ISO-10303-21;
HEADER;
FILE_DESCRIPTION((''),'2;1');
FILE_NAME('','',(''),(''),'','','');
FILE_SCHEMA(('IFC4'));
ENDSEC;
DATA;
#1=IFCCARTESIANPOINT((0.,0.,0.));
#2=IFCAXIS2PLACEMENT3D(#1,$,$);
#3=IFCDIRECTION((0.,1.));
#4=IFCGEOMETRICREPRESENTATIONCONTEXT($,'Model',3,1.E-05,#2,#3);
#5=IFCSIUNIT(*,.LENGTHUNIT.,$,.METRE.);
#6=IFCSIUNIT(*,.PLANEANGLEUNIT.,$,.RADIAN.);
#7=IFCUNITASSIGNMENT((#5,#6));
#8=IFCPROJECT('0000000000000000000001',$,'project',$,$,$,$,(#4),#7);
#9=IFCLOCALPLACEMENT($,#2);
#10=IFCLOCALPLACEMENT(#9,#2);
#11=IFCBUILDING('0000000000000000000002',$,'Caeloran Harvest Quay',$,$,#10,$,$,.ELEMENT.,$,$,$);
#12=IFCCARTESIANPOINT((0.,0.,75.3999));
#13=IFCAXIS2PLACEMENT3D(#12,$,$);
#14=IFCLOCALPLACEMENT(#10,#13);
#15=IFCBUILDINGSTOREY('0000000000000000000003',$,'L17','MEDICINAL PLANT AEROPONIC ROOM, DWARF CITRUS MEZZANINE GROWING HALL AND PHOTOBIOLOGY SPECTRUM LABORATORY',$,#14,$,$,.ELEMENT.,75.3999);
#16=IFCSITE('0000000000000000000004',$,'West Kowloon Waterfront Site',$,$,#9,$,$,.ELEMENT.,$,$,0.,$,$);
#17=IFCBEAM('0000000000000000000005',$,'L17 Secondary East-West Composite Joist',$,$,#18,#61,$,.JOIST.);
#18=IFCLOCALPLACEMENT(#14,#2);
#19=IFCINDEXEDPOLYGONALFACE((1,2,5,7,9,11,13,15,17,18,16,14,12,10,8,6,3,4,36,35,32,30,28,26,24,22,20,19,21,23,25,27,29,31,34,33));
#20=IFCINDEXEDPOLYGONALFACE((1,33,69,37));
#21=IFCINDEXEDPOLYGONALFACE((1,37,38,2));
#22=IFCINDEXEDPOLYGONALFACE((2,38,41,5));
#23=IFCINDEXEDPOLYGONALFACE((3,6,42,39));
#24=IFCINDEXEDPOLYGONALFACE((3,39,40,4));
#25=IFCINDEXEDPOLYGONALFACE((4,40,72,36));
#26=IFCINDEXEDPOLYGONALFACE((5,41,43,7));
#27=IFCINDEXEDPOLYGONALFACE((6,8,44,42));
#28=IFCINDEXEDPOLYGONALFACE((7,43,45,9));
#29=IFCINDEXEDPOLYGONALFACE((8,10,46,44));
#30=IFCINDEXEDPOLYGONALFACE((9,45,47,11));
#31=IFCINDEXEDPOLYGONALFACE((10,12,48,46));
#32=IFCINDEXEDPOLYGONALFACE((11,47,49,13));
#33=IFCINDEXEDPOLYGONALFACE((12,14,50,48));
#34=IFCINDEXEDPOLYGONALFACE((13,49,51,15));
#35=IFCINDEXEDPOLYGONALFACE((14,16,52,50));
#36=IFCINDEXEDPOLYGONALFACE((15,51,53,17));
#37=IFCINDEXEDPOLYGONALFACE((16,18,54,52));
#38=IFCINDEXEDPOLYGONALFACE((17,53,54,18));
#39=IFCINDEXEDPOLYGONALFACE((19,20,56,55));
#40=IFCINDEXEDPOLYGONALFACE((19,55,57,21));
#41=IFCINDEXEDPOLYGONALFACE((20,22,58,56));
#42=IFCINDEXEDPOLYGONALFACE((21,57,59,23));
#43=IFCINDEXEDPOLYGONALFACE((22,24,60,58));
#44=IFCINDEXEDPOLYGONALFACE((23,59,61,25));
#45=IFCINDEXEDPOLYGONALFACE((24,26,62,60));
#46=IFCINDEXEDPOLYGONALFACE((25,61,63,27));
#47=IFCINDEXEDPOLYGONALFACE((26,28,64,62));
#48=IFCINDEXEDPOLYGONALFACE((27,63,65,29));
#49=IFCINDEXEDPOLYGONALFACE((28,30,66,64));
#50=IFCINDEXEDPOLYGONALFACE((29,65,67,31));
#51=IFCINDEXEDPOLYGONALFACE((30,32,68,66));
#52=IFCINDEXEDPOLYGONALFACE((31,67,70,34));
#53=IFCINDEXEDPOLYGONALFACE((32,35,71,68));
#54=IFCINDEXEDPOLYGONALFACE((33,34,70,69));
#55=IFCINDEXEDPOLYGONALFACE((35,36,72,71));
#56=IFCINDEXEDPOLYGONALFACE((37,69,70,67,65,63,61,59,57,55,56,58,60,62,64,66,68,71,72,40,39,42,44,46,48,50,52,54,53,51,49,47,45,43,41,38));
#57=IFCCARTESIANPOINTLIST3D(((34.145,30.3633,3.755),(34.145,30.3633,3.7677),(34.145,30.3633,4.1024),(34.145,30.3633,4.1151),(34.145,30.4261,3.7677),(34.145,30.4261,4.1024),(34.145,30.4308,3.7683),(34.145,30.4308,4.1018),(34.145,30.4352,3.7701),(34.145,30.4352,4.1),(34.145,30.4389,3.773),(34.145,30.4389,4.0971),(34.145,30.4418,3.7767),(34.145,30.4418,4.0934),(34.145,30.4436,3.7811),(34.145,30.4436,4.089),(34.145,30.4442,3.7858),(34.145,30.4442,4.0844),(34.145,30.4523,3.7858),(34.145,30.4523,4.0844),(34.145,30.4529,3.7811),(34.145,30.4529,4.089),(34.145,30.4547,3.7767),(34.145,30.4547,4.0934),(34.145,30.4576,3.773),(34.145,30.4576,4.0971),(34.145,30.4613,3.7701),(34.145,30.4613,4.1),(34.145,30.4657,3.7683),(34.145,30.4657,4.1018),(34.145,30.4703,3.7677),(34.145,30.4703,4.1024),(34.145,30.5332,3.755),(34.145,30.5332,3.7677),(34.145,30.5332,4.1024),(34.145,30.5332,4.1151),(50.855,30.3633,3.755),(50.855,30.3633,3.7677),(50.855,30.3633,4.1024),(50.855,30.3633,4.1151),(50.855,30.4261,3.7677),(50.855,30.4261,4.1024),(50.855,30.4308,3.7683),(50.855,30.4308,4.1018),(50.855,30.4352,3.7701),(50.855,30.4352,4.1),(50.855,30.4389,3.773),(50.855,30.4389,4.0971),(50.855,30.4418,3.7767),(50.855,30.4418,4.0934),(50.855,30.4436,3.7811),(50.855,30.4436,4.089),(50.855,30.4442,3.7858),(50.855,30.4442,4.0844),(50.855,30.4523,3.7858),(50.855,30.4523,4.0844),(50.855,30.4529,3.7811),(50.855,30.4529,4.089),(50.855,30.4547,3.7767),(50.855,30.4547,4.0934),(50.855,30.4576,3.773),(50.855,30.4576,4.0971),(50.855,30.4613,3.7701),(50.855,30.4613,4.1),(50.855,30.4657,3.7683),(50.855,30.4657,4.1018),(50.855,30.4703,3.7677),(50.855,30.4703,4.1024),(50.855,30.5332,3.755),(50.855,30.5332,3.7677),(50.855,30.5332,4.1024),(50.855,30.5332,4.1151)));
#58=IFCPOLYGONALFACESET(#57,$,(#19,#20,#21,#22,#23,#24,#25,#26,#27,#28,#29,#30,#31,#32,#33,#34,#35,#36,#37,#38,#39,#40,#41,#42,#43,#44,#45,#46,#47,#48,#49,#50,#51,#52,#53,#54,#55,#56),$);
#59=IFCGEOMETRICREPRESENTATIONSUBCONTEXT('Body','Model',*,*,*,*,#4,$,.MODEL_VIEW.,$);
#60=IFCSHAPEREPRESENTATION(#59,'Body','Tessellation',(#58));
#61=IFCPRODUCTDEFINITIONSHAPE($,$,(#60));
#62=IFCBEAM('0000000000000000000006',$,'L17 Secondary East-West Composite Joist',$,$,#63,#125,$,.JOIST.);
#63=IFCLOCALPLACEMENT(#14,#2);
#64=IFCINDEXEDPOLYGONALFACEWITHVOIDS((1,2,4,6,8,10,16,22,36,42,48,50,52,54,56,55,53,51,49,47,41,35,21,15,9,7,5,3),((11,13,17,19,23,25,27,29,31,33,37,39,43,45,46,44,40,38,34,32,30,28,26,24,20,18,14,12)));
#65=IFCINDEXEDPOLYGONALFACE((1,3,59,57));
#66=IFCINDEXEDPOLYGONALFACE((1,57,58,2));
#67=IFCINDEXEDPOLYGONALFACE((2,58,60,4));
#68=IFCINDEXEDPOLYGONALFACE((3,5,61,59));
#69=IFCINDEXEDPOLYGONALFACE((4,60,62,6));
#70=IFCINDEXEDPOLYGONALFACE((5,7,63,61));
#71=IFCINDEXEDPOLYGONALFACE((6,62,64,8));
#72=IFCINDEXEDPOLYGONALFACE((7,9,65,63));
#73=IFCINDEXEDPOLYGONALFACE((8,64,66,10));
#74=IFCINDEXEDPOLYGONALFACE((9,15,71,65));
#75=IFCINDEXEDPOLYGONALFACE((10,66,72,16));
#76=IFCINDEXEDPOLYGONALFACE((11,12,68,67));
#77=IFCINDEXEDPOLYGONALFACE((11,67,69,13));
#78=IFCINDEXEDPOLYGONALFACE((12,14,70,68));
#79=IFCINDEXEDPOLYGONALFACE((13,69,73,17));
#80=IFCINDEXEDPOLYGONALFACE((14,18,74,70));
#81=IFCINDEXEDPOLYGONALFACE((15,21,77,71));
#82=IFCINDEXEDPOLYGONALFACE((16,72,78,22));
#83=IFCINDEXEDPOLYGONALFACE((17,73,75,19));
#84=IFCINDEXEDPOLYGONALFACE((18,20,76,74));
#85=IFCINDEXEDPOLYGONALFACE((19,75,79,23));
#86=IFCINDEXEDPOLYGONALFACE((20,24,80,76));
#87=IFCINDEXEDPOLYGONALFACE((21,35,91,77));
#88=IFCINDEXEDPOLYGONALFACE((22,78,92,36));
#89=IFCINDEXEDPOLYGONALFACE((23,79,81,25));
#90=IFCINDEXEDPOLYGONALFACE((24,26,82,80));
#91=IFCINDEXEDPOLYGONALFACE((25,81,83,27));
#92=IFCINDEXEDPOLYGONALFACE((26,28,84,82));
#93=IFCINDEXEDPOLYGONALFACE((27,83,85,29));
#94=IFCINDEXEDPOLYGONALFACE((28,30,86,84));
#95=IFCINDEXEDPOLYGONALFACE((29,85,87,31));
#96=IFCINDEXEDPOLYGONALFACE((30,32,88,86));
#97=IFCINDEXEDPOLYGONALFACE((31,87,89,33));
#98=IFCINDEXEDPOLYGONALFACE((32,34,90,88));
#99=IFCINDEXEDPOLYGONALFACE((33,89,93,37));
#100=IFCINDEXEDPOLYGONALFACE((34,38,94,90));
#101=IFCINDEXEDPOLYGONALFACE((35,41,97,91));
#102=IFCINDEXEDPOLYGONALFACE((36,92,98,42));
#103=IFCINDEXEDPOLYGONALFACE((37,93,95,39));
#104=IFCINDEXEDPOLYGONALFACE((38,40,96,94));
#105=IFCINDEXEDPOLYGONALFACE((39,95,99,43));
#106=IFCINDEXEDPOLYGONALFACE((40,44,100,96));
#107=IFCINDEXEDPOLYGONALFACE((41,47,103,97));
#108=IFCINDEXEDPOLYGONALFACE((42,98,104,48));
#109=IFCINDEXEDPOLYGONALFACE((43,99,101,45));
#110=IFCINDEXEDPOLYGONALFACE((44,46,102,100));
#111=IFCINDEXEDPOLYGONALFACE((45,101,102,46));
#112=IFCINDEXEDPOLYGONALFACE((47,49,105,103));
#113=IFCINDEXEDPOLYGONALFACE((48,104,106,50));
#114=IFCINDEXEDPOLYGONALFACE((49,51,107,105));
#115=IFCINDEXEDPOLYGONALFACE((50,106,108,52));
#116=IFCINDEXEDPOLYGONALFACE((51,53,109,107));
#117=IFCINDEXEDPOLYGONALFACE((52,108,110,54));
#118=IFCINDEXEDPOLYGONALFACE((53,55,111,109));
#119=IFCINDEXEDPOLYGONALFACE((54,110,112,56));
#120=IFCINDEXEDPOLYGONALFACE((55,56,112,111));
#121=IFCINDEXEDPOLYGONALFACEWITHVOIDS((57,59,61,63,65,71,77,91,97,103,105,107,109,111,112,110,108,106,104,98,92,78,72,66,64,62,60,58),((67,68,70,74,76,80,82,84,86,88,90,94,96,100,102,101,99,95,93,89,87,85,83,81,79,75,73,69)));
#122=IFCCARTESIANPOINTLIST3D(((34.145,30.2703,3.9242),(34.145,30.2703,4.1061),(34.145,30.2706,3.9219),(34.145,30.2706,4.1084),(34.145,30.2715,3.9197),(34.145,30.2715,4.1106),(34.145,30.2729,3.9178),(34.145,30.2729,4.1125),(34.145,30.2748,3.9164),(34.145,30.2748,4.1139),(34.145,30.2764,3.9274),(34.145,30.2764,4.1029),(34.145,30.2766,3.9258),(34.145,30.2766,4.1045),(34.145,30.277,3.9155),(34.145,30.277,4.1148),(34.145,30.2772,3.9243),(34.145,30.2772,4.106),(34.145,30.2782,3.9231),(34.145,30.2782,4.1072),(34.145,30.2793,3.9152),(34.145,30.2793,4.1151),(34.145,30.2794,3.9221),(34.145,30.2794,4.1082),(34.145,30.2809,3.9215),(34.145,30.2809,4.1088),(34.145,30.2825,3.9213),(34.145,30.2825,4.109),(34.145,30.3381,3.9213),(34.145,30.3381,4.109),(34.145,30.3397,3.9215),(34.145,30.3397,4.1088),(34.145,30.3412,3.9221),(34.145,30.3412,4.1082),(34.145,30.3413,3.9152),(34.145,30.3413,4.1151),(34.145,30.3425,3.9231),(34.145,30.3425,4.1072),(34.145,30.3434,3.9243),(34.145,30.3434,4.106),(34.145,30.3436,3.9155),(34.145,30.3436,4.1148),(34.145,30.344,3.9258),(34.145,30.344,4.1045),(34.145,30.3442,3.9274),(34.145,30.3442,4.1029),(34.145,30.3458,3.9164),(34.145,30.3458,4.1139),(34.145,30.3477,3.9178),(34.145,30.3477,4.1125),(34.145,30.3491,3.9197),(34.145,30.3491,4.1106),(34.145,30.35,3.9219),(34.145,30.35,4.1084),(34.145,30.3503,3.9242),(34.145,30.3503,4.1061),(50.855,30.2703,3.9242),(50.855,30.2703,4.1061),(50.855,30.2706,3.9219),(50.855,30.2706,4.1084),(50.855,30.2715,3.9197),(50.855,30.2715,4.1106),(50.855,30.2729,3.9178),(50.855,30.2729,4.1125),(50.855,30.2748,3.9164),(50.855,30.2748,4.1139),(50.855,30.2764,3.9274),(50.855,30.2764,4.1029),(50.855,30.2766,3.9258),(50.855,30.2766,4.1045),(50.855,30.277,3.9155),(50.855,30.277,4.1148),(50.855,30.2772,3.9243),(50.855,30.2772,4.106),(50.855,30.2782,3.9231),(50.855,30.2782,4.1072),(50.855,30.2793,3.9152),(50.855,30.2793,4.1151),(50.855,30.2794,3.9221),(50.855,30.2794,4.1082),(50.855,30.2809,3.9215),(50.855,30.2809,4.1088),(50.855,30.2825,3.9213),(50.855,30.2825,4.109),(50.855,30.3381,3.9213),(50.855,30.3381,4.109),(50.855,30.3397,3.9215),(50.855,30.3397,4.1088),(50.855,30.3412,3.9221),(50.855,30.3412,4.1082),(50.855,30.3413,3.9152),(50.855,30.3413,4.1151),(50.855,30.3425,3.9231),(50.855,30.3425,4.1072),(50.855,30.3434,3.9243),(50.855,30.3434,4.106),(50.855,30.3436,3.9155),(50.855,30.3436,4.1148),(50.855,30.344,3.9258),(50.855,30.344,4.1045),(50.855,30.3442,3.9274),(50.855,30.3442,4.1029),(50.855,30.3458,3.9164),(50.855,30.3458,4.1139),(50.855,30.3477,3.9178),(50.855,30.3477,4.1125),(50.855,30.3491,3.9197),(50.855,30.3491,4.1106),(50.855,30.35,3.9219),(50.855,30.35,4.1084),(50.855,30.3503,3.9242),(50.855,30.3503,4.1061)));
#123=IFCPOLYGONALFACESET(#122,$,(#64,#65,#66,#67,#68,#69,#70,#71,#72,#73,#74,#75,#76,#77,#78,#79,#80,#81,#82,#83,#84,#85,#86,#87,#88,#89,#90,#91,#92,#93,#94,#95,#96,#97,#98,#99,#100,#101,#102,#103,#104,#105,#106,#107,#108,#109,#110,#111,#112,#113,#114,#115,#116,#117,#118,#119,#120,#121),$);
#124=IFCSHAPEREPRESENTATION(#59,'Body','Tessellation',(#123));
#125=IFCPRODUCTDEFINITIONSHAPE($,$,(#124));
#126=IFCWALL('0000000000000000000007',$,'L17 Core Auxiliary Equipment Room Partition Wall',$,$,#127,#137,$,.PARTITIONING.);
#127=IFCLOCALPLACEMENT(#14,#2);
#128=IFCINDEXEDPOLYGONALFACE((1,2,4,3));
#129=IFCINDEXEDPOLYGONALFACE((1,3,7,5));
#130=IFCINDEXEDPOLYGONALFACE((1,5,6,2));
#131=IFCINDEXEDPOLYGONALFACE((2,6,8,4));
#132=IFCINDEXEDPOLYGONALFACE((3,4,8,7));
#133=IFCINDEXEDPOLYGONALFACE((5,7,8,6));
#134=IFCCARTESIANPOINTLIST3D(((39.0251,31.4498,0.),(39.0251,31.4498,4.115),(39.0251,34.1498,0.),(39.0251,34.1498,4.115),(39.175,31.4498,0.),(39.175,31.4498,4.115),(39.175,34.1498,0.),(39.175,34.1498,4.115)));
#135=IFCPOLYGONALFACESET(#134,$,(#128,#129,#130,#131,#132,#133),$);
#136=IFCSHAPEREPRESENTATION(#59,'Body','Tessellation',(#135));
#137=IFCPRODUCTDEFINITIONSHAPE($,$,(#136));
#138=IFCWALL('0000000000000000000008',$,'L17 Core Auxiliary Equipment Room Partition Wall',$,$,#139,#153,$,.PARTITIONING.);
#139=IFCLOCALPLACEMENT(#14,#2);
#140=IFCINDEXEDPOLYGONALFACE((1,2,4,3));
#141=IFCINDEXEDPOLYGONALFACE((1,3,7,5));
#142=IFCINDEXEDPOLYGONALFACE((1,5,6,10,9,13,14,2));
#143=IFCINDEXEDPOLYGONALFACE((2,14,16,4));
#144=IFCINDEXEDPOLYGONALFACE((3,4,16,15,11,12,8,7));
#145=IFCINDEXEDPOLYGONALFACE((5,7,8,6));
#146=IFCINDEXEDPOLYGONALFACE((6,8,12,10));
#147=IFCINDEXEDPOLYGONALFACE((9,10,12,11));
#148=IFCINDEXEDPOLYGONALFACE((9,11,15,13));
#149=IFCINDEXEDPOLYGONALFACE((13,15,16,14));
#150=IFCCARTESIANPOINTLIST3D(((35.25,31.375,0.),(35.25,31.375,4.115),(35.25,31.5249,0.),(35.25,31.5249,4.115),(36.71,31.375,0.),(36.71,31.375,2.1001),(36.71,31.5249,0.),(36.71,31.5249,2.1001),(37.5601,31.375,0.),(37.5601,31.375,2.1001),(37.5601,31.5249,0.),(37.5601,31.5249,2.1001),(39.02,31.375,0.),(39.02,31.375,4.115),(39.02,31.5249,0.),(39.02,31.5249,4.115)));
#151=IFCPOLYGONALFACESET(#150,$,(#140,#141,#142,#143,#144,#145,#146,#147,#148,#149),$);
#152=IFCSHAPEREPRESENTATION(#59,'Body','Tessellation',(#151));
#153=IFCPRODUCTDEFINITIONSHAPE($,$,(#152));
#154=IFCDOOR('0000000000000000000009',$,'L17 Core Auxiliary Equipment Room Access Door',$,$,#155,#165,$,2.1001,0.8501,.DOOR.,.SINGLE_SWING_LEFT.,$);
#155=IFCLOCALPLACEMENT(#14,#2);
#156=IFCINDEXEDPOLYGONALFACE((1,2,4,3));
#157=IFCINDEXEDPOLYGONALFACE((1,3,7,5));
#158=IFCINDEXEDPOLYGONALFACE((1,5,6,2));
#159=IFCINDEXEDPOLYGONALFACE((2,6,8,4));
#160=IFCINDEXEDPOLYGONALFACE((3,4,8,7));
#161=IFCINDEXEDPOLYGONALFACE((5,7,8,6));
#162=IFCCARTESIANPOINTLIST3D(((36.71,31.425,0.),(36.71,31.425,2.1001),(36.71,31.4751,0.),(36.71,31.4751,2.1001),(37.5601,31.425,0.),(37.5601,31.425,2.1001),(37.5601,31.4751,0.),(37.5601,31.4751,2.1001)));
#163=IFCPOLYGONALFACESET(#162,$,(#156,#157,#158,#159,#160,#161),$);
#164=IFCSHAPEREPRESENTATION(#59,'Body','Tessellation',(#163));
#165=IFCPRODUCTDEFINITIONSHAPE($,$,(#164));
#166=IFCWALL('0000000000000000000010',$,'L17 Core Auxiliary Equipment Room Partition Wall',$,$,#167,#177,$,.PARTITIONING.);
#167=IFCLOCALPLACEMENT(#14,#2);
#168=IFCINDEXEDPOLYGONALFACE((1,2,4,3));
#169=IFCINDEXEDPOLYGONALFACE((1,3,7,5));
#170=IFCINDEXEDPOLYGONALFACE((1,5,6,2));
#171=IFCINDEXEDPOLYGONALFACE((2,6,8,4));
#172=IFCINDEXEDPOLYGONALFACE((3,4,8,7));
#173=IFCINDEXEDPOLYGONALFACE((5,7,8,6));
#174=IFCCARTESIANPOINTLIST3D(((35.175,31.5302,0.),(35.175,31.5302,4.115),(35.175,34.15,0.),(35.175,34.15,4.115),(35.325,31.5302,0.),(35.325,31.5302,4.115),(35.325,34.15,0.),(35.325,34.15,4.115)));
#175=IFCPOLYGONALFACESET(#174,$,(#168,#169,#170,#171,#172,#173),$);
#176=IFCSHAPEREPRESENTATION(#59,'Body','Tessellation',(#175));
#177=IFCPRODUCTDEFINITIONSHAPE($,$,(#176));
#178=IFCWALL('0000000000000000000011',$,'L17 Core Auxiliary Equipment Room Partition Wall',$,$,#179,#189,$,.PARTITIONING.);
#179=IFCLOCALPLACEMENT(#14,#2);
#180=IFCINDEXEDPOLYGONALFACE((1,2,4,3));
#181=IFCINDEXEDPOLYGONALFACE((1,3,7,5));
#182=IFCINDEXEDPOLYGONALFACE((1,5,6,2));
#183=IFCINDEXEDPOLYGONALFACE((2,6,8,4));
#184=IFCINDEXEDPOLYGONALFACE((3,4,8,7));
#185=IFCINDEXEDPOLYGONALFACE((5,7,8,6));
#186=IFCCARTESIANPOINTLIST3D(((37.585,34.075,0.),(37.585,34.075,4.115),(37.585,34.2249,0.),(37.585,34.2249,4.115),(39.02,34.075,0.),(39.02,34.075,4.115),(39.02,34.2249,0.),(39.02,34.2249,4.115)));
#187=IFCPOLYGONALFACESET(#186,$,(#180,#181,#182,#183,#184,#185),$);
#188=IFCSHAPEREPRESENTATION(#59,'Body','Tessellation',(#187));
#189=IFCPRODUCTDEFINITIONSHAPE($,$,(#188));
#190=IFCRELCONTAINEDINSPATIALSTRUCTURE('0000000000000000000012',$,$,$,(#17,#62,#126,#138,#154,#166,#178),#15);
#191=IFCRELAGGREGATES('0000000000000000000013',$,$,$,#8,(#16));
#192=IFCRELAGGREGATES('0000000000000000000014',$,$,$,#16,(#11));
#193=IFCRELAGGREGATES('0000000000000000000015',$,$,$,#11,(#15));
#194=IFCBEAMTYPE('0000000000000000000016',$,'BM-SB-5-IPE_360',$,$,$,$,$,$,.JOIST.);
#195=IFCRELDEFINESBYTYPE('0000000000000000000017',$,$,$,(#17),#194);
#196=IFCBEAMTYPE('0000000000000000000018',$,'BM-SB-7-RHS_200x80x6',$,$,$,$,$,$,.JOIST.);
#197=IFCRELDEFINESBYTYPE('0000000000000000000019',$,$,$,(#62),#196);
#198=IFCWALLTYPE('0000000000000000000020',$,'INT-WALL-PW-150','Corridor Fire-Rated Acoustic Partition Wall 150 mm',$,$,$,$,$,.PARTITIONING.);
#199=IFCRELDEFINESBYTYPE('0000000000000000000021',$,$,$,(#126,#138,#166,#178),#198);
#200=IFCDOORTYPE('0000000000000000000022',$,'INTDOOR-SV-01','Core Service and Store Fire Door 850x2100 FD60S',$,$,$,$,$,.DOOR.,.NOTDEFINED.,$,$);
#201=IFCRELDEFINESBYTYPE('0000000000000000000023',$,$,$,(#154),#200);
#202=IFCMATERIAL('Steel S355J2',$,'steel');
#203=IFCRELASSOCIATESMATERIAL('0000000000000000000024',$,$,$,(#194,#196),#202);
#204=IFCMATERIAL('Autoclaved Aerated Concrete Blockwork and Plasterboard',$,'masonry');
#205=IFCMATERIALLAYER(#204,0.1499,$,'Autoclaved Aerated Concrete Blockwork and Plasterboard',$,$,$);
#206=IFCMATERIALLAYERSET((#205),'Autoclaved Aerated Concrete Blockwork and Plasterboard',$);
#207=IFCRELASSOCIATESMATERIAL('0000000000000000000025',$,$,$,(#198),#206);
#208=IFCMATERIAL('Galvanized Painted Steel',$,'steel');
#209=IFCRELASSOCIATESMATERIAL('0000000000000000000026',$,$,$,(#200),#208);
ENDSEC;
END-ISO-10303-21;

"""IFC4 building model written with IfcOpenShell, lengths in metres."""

from ifc_helpers import new_model, si_unit, direction, frame, frame_2d, origin, origin_2d, place, context, subcontext, project, spatial, rectangle, hollow_rectangle, i_section, extrude, material, layer, layer_set, material_profile, profile_set, type_object, element, fill, save


model = new_model("IFC4")

# Units and contexts
model_context = context("Model", 3, precision=1e-05, world=origin(), true_north=direction((0.0, 1.0)))
body_context = subcontext(model_context, "Body", "Model", "MODEL_VIEW")
ifc_project = project(units=[si_unit("LENGTHUNIT", "METRE"), si_unit("PLANEANGLEUNIT", "RADIAN")], contexts=[model_context])

# Site, building, storey
site_placement = place(None, origin())
site = spatial("IfcSite", under=ifc_project, at=site_placement, Name="West Kowloon Waterfront Site", CompositionType="ELEMENT", RefElevation=0.0)
building_placement = place(site_placement, origin())
building = spatial("IfcBuilding", under=site, at=building_placement, Name="Caeloran Harvest Quay", CompositionType="ELEMENT")
storey_placement = place(building_placement, frame((0.0, 0.0, 75.3999)))
storey = spatial("IfcBuildingStorey", under=building, at=storey_placement, Name="L17", Description="MEDICINAL PLANT AEROPONIC ROOM, DWARF CITRUS MEZZANINE GROWING HALL AND PHOTOBIOLOGY SPECTRUM LABORATORY", CompositionType="ELEMENT", Elevation=75.3999)

# Beams
ifc_material_1 = material(Name="Steel S355J2", Category="steel")
ifc_material_profile_1 = material_profile(ifc_material_1, i_section(OverallWidth=0.1699, OverallDepth=0.3601, WebThickness=0.0081, FlangeThickness=0.0127, FilletRadius=0.0181, at=origin_2d()), Name="IPE 360")
ifc_profile_set_1 = profile_set([ifc_material_profile_1], Name="Steel S355J2")
beam_type_1 = type_object("IfcBeamType", Name="BM-SB-5-IPE_360", PredefinedType="JOIST", material=ifc_profile_set_1)
for number, where, z_axis, x_axis, name in (
    (1, (34.145, 30.4482, 3.9351), (1.0, 0.0, 0.0), (0.0, 1.0, 0.0), "L17 Secondary East-West Composite Joist"),
):
    element("IfcBeam", number, at=place(storey_placement, frame(where, z_axis=z_axis, x_axis=x_axis)), inside=storey, type_object=beam_type_1, Name=name, PredefinedType="JOIST", context=body_context, shape_type="SweptSolid", body=[
        extrude(i_section(OverallWidth=0.1699, OverallDepth=0.3601, WebThickness=0.0081, FlangeThickness=0.0127, FilletRadius=0.0181, at=origin_2d()), origin(), (0.0, 0.0, 1.0), 16.71),
    ])
ifc_material_profile_2 = material_profile(ifc_material_1, hollow_rectangle(XDim=0.0801, YDim=0.2, WallThickness=0.0061, InnerFilletRadius=0.0061, OuterFilletRadius=0.009, at=origin_2d()), Name="RHS 200x80x6")
ifc_profile_set_2 = profile_set([ifc_material_profile_2], Name="Steel S355J2")
beam_type_2 = type_object("IfcBeamType", Name="BM-SB-7-RHS_200x80x6", PredefinedType="JOIST", material=ifc_profile_set_2)
beam_1_placement = place(storey_placement, frame((34.145, 30.3103, 4.0151), z_axis=(1.0, 0.0, 0.0), x_axis=(0.0, 1.0, 0.0)))
element("IfcBeam", 2, at=beam_1_placement, inside=storey, type_object=beam_type_2, Name="L17 Secondary East-West Composite Joist", PredefinedType="JOIST", context=body_context, shape_type="SweptSolid", body=[
    extrude(hollow_rectangle(XDim=0.0801, YDim=0.2, WallThickness=0.0061, InnerFilletRadius=0.0061, OuterFilletRadius=0.009, at=origin_2d()), origin(), (0.0, 0.0, 1.0), 16.71),
])

# Wall
ifc_material_2 = material(Name="Autoclaved Aerated Concrete Blockwork and Plasterboard", Category="masonry")
ifc_layer_1 = layer(ifc_material_2, 0.1499, Name="Autoclaved Aerated Concrete Blockwork and Plasterboard")
ifc_layer_set_1 = layer_set([ifc_layer_1], Name="Autoclaved Aerated Concrete Blockwork and Plasterboard")
wall_type_1 = type_object("IfcWallType", Name="INT-WALL-PW-150", Description="Corridor Fire-Rated Acoustic Partition Wall 150 mm", PredefinedType="PARTITIONING", material=ifc_layer_set_1)
wall_1_placement = place(storey_placement, frame((39.1001, 34.1499, 0.0), z_axis=(0.0, 0.0, 1.0), x_axis=(0.0, -1.0, 0.0)))
element("IfcWall", 3, at=wall_1_placement, inside=storey, type_object=wall_type_1, Name="L17 Core Auxiliary Equipment Room Partition Wall", PredefinedType="PARTITIONING", context=body_context, shape_type="SweptSolid", body=[
    extrude(rectangle(XDim=2.7, YDim=0.1499, at=frame_2d((1.3501, 0.0))), origin(), (0.0, 0.0, 1.0), 4.115),
])

# Wall, opening, door
wall_2_placement = place(storey_placement, frame((39.02, 31.45, 0.0), z_axis=(0.0, 0.0, 1.0), x_axis=(-1.0, 0.0, 0.0)))
wall_2 = element("IfcWall", 4, at=wall_2_placement, inside=storey, type_object=wall_type_1, Name="L17 Core Auxiliary Equipment Room Partition Wall", PredefinedType="PARTITIONING", context=body_context, shape_type="SweptSolid", body=[
    extrude(rectangle(XDim=3.77, YDim=0.1499, at=frame_2d((1.885, 0.0))), origin(), (0.0, 0.0, 1.0), 4.115),
])
opening_1_placement = place(wall_2_placement, frame((1.46, 0.0, 0.0)))
opening_1 = element("IfcOpeningElement", 5, at=opening_1_placement, cuts=wall_2, PredefinedType="OPENING", context=body_context, shape_type="SweptSolid", body=[
    extrude(rectangle(XDim=0.8501, YDim=2.1001, at=frame_2d((0.425, 1.05))), frame((0.0, 0.085, 0.0), z_axis=(0.0, -1.0, 0.0), x_axis=(1.0, 0.0, 0.0)), (0.0, 0.0, 1.0), 0.1699),
])
ifc_material_3 = material(Name="Galvanized Painted Steel", Category="steel")
door_type_1 = type_object("IfcDoorType", Name="INTDOOR-SV-01", Description="Core Service and Store Fire Door 850x2100 FD60S", OperationType="NOTDEFINED", PredefinedType="DOOR", material=ifc_material_3)
door_1_placement = place(opening_1_placement, origin())
door_1 = element("IfcDoor", 6, at=door_1_placement, inside=storey, type_object=door_type_1, Name="L17 Core Auxiliary Equipment Room Access Door", OperationType="SINGLE_SWING_LEFT", OverallHeight=2.1001, OverallWidth=0.8501, PredefinedType="DOOR", context=body_context, shape_type="SweptSolid", body=[
    extrude(rectangle(XDim=0.8501, YDim=2.1001, at=frame_2d((0.425, 1.05))), frame((0.0, 0.0249, 0.0), z_axis=(0.0, -1.0, 0.0), x_axis=(1.0, 0.0, 0.0)), (0.0, 0.0, 1.0), 0.05),
])
fill(opening_1, door_1)

# Walls
wall_3_placement = place(storey_placement, frame((35.25, 31.53, 0.0), z_axis=(0.0, 0.0, 1.0), x_axis=(0.0, 1.0, 0.0)))
element("IfcWall", 7, at=wall_3_placement, inside=storey, type_object=wall_type_1, Name="L17 Core Auxiliary Equipment Room Partition Wall", PredefinedType="PARTITIONING", context=body_context, shape_type="SweptSolid", body=[
    extrude(rectangle(XDim=2.6199, YDim=0.1499, at=frame_2d((1.3101, 0.0))), origin(), (0.0, 0.0, 1.0), 4.115),
])
wall_4_placement = place(storey_placement, frame((37.585, 34.1499, 0.0), z_axis=(0.0, 0.0, 1.0), x_axis=(1.0, 0.0, 0.0)))
element("IfcWall", 8, at=wall_4_placement, inside=storey, type_object=wall_type_1, Name="L17 Core Auxiliary Equipment Room Partition Wall", PredefinedType="PARTITIONING", context=body_context, shape_type="SweptSolid", body=[
    extrude(rectangle(XDim=1.4351, YDim=0.1499, at=frame_2d((0.7175, 0.0))), origin(), (0.0, 0.0, 1.0), 4.115),
])

save(model, "model.ifc")
